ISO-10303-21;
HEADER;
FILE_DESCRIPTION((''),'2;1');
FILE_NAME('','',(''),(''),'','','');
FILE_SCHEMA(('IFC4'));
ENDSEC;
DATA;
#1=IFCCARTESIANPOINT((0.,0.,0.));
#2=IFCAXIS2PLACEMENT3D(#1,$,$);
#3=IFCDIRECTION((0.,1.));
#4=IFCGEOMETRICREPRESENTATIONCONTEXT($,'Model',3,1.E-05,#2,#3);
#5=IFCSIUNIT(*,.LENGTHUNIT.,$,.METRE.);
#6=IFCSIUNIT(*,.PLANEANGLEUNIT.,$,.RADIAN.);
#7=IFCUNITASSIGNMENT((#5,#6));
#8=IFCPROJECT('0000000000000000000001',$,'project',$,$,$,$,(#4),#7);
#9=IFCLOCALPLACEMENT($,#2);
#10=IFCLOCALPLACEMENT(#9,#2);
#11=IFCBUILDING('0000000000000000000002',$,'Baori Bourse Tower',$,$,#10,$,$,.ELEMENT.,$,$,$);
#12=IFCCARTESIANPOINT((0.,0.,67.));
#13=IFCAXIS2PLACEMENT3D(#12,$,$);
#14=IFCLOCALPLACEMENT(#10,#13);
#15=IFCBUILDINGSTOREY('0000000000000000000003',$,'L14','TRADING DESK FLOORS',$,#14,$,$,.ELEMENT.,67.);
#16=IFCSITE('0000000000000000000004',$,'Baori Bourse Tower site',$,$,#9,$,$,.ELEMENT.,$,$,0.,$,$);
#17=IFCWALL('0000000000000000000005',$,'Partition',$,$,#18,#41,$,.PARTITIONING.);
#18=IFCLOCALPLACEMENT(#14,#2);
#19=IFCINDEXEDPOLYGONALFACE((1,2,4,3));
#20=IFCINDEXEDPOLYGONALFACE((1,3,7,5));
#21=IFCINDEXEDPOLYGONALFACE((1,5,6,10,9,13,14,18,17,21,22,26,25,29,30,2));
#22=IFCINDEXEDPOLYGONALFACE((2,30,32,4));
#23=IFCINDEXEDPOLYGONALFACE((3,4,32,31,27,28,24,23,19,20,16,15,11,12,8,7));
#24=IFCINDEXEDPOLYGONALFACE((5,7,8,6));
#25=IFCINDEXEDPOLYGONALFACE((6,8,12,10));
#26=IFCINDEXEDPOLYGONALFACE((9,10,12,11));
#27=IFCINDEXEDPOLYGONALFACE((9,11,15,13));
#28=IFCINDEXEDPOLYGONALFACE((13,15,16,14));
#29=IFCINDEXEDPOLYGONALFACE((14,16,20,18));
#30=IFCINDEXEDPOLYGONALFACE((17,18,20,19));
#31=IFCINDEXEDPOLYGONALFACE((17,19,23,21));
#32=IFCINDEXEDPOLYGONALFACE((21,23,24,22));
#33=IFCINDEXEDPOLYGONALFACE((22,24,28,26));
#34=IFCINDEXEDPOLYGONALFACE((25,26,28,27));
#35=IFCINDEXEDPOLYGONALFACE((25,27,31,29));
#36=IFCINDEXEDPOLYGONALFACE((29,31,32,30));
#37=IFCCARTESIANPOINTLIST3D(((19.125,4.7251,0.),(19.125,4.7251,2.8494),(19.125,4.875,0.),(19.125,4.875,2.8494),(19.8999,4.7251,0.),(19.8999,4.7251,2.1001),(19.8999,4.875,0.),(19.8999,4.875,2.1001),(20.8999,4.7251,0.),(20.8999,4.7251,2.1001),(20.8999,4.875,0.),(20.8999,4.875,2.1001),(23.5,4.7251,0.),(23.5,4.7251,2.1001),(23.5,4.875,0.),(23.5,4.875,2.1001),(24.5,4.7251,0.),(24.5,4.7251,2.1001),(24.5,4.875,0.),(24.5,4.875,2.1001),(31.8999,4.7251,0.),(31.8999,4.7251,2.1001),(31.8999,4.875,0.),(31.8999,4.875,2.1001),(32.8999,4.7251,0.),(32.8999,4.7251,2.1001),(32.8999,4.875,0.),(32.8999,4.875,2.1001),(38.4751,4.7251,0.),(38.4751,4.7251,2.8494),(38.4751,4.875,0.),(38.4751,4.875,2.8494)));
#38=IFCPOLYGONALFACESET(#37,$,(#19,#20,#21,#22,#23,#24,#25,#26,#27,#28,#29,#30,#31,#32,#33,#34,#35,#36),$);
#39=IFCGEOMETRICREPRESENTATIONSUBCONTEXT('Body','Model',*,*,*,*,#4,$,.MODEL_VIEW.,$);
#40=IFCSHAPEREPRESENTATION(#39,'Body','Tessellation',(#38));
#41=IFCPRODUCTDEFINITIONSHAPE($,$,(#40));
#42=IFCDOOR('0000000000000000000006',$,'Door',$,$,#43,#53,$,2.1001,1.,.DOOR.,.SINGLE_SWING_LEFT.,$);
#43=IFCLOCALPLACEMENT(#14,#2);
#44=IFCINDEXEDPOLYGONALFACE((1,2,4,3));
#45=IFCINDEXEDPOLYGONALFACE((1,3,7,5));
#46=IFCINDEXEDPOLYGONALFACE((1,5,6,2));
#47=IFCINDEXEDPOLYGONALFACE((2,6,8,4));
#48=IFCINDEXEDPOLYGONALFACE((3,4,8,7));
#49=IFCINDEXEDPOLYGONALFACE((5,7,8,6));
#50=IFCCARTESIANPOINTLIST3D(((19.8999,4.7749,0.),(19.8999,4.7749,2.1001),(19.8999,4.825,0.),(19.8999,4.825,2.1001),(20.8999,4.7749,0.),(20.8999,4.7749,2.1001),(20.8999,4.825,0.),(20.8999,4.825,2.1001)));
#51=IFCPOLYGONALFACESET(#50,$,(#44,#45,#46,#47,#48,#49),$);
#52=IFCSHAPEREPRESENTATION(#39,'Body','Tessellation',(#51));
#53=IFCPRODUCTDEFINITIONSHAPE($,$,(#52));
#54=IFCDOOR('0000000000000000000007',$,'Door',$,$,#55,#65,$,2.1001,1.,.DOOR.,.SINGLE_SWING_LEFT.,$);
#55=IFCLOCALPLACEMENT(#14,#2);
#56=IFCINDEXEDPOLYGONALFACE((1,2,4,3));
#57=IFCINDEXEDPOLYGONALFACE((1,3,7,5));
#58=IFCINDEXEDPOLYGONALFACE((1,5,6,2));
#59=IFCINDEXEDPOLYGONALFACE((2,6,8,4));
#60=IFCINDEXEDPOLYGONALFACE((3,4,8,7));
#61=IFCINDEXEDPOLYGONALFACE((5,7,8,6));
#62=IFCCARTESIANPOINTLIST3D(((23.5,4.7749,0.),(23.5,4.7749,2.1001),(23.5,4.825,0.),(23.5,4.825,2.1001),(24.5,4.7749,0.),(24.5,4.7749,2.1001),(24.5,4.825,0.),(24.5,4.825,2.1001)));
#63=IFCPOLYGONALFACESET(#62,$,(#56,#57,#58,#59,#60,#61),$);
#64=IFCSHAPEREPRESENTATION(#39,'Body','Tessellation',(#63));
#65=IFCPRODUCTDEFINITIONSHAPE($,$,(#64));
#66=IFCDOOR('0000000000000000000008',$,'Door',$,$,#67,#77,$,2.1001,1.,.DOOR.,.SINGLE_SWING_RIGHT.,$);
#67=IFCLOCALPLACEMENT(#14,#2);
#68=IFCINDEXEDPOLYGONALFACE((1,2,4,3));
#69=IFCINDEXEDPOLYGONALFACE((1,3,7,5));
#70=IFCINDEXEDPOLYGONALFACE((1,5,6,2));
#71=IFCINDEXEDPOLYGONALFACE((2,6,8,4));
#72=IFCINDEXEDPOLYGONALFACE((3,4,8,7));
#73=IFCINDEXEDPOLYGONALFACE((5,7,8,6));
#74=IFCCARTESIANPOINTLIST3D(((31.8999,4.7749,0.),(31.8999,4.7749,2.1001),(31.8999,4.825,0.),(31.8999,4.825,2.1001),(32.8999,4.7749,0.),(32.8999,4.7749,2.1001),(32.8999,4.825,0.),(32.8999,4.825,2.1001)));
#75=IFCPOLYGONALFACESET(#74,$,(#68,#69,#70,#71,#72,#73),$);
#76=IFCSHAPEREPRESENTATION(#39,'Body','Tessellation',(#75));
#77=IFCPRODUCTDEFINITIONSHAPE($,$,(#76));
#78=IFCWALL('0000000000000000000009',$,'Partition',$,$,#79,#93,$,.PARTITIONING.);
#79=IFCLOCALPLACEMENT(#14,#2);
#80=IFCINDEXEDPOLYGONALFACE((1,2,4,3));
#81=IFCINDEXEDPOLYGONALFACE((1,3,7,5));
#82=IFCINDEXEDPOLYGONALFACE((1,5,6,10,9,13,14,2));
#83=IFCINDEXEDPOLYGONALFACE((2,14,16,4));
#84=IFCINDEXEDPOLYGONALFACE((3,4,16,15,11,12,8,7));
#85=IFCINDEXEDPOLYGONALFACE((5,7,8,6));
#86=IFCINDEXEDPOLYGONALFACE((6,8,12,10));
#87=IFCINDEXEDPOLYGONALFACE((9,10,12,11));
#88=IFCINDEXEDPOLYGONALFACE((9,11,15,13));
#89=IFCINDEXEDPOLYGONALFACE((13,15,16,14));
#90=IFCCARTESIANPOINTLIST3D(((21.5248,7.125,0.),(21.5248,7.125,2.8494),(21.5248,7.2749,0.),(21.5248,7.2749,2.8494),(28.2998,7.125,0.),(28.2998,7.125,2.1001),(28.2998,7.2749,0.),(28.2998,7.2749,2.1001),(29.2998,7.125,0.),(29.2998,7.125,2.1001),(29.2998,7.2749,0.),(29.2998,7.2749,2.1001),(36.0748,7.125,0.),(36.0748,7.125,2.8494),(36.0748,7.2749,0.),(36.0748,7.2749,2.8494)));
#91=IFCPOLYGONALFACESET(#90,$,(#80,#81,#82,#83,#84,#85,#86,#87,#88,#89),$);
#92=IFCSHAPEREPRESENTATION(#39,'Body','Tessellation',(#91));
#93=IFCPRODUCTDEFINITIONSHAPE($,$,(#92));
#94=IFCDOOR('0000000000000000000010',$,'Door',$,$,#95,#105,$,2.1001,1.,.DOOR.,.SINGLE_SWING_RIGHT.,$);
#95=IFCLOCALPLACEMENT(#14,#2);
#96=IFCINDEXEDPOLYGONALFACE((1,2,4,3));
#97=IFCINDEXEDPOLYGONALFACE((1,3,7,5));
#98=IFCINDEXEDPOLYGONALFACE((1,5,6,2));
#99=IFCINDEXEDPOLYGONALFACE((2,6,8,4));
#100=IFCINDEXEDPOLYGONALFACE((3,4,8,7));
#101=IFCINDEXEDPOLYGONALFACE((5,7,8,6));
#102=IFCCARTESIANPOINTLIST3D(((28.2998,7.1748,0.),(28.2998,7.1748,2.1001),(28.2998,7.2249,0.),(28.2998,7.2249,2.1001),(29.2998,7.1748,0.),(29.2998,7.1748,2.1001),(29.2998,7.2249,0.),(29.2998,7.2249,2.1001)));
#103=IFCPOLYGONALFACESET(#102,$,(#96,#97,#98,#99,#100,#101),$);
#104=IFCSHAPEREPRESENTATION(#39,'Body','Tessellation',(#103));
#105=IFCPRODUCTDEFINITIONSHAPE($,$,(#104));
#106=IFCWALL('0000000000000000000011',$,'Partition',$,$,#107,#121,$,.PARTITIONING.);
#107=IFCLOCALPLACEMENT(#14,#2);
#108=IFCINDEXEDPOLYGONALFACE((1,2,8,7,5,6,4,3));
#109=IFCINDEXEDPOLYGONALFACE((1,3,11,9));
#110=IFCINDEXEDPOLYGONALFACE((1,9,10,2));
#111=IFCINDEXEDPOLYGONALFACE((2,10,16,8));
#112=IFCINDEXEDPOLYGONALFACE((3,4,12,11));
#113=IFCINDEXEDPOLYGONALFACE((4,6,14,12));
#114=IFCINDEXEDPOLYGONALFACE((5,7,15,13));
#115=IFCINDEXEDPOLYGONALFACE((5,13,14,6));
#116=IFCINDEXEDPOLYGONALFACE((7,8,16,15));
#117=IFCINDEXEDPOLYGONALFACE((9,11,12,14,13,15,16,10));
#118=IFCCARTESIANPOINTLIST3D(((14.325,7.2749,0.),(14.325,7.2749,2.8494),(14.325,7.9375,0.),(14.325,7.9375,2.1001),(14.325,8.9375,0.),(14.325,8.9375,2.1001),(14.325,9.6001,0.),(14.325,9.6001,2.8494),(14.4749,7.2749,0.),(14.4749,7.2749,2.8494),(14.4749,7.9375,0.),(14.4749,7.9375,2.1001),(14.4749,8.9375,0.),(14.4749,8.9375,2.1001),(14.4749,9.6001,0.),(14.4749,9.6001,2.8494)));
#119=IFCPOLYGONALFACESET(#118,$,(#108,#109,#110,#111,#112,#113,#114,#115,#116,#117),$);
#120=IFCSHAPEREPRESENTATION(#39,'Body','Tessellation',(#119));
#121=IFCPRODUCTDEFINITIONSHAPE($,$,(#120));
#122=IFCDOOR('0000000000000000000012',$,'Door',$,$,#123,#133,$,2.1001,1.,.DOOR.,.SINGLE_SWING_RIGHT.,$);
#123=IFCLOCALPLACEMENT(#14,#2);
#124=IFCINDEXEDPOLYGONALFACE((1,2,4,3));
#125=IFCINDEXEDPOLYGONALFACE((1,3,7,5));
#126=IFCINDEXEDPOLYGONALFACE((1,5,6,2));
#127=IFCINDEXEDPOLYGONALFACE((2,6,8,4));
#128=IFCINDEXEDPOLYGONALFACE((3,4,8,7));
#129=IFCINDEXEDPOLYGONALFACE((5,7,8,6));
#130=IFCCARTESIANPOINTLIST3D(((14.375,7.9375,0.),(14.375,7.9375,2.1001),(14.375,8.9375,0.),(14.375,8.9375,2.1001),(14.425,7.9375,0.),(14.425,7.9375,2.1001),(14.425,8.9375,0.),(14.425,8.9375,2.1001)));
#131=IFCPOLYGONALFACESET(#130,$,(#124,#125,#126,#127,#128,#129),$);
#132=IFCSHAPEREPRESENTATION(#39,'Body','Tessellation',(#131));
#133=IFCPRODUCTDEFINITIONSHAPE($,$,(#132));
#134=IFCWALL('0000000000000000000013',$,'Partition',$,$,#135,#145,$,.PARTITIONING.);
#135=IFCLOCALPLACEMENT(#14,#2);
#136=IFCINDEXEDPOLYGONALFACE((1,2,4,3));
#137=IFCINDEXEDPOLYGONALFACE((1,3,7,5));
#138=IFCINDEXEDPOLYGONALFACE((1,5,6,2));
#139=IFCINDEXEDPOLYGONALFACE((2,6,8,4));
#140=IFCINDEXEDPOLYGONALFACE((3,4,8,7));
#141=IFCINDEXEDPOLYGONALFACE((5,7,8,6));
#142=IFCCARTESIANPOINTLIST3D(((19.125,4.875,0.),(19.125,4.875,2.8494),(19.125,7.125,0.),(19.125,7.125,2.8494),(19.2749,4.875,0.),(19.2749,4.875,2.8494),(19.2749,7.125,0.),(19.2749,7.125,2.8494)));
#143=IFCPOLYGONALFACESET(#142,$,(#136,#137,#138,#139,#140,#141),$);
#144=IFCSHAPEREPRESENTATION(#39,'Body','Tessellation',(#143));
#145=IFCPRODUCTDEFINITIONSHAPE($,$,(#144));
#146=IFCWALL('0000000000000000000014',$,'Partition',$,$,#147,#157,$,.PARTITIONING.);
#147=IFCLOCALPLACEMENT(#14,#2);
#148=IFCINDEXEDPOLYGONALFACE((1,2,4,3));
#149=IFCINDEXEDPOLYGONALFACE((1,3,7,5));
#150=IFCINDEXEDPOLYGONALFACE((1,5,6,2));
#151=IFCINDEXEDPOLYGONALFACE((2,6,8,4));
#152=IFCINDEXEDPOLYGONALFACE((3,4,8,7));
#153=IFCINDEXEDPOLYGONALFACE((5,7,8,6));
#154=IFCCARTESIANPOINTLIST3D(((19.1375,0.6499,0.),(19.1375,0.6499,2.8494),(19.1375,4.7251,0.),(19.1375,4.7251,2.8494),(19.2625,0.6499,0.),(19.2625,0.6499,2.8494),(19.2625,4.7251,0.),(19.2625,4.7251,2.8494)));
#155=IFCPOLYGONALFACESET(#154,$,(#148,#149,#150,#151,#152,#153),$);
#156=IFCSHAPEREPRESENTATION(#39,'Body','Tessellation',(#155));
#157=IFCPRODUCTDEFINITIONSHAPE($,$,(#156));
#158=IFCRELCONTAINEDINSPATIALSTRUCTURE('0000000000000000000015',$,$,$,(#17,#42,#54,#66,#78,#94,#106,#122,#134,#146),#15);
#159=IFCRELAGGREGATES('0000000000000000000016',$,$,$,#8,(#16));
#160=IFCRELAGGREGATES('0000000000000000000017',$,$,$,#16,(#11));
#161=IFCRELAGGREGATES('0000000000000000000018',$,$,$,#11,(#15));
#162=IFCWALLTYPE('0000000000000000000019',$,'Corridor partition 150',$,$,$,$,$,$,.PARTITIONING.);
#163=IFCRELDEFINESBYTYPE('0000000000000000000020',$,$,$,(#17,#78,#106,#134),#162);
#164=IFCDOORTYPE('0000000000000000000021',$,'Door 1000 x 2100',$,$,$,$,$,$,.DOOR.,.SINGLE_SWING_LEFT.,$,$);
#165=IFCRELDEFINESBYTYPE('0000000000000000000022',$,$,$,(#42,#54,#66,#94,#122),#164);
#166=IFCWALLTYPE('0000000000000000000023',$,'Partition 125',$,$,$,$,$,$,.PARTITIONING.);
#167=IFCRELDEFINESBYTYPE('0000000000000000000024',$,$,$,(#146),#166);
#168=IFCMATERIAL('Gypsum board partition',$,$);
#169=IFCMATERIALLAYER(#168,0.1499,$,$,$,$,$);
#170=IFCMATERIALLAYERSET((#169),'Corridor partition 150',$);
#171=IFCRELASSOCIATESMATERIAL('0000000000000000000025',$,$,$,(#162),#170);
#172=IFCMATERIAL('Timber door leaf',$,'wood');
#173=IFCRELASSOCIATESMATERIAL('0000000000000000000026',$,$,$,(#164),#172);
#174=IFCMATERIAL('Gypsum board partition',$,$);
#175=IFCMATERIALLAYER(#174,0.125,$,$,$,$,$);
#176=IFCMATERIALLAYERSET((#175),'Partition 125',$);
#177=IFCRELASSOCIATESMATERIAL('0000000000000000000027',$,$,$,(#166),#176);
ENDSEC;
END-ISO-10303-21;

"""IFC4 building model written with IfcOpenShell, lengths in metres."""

from ifc_helpers import new_model, si_unit, direction, frame, frame_2d, origin, place, context, subcontext, project, spatial, rectangle, extrude, material, layer, layer_set, type_object, element, fill, save


model = new_model("IFC4")

# Units and contexts
model_context = context("Model", 3, precision=1e-05, world=origin(), true_north=direction((0.0, 1.0)))
body_context = subcontext(model_context, "Body", "Model", "MODEL_VIEW")
ifc_project = project(units=[si_unit("LENGTHUNIT", "METRE"), si_unit("PLANEANGLEUNIT", "RADIAN")], contexts=[model_context])

# Site, building, storey
site_placement = place(None, origin())
site = spatial("IfcSite", under=ifc_project, at=site_placement, Name="Baori Bourse Tower site", CompositionType="ELEMENT", RefElevation=0.0)
building_placement = place(site_placement, origin())
building = spatial("IfcBuilding", under=site, at=building_placement, Name="Baori Bourse Tower", CompositionType="ELEMENT")
storey_placement = place(building_placement, frame((0.0, 0.0, 67.0)))
storey = spatial("IfcBuildingStorey", under=building, at=storey_placement, Name="L14", Description="TRADING DESK FLOORS", CompositionType="ELEMENT", Elevation=67.0)

# Wall, openings, doors
ifc_material_1 = material(Name="Gypsum board partition")
ifc_layer_1 = layer(ifc_material_1, 0.1499)
ifc_layer_set_1 = layer_set([ifc_layer_1], Name="Corridor partition 150")
wall_type_1 = type_object("IfcWallType", Name="Corridor partition 150", PredefinedType="PARTITIONING", material=ifc_layer_set_1)
wall_1_placement = place(storey_placement, frame((19.125, 4.8, 0.0), z_axis=(0.0, 0.0, 1.0), x_axis=(1.0, 0.0, 0.0)))
wall_1 = element("IfcWall", 1, at=wall_1_placement, inside=storey, type_object=wall_type_1, Name="Partition", PredefinedType="PARTITIONING", context=body_context, shape_type="SweptSolid", body=[
    extrude(rectangle(XDim=19.3501, YDim=0.1499, at=frame_2d((9.675, 0.0))), origin(), (0.0, 0.0, 1.0), 2.8494),
])
opening_1_placement = place(wall_1_placement, frame((0.7749, 0.0, 0.0)))
opening_1 = element("IfcOpeningElement", 2, at=opening_1_placement, cuts=wall_1, PredefinedType="OPENING", context=body_context, shape_type="SweptSolid", body=[
    extrude(rectangle(XDim=1.0, YDim=2.1001, at=frame_2d((0.5, 1.05))), frame((0.0, 0.085, 0.0), z_axis=(0.0, -1.0, 0.0), x_axis=(1.0, 0.0, 0.0)), (0.0, 0.0, 1.0), 0.1699),
])
opening_2_placement = place(wall_1_placement, frame((4.375, 0.0, 0.0)))
opening_2 = element("IfcOpeningElement", 3, at=opening_2_placement, cuts=wall_1, PredefinedType="OPENING", context=body_context, shape_type="SweptSolid", body=[
    extrude(rectangle(XDim=1.0, YDim=2.1001, at=frame_2d((0.5, 1.05))), frame((0.0, 0.085, 0.0), z_axis=(0.0, -1.0, 0.0), x_axis=(1.0, 0.0, 0.0)), (0.0, 0.0, 1.0), 0.1699),
])
opening_3_placement = place(wall_1_placement, frame((12.7749, 0.0, 0.0)))
opening_3 = element("IfcOpeningElement", 4, at=opening_3_placement, cuts=wall_1, PredefinedType="OPENING", context=body_context, shape_type="SweptSolid", body=[
    extrude(rectangle(XDim=1.0, YDim=2.1001, at=frame_2d((0.5, 1.05))), frame((0.0, 0.085, 0.0), z_axis=(0.0, -1.0, 0.0), x_axis=(1.0, 0.0, 0.0)), (0.0, 0.0, 1.0), 0.1699),
])
ifc_material_2 = material(Name="Timber door leaf", Category="wood")
door_type_1 = type_object("IfcDoorType", Name="Door 1000 x 2100", OperationType="SINGLE_SWING_LEFT", PredefinedType="DOOR", material=ifc_material_2)
door_1_placement = place(opening_1_placement, origin())
door_1 = element("IfcDoor", 5, at=door_1_placement, inside=storey, type_object=door_type_1, Name="Door", OperationType="SINGLE_SWING_LEFT", OverallHeight=2.1001, OverallWidth=1.0, PredefinedType="DOOR", context=body_context, shape_type="SweptSolid", body=[
    extrude(rectangle(XDim=1.0, YDim=2.1001, at=frame_2d((0.5, 1.05))), frame((0.0, 0.0249, 0.0), z_axis=(0.0, -1.0, 0.0), x_axis=(1.0, 0.0, 0.0)), (0.0, 0.0, 1.0), 0.05),
])
fill(opening_1, door_1)
door_2_placement = place(opening_2_placement, origin())
door_2 = element("IfcDoor", 6, at=door_2_placement, inside=storey, type_object=door_type_1, Name="Door", OperationType="SINGLE_SWING_LEFT", OverallHeight=2.1001, OverallWidth=1.0, PredefinedType="DOOR", context=body_context, shape_type="SweptSolid", body=[
    extrude(rectangle(XDim=1.0, YDim=2.1001, at=frame_2d((0.5, 1.05))), frame((0.0, 0.0249, 0.0), z_axis=(0.0, -1.0, 0.0), x_axis=(1.0, 0.0, 0.0)), (0.0, 0.0, 1.0), 0.05),
])
fill(opening_2, door_2)
door_3_placement = place(opening_3_placement, origin())
door_3 = element("IfcDoor", 7, at=door_3_placement, inside=storey, type_object=door_type_1, Name="Door", OperationType="SINGLE_SWING_RIGHT", OverallHeight=2.1001, OverallWidth=1.0, PredefinedType="DOOR", context=body_context, shape_type="SweptSolid", body=[
    extrude(rectangle(XDim=1.0, YDim=2.1001, at=frame_2d((0.5, 1.05))), frame((0.0, 0.0249, 0.0), z_axis=(0.0, -1.0, 0.0), x_axis=(1.0, 0.0, 0.0)), (0.0, 0.0, 1.0), 0.05),
])
fill(opening_3, door_3)

# Walls, openings, doors
wall_2_placement = place(storey_placement, frame((21.5249, 7.2, 0.0), z_axis=(0.0, 0.0, 1.0), x_axis=(1.0, 0.0, 0.0)))
wall_2 = element("IfcWall", 8, at=wall_2_placement, inside=storey, type_object=wall_type_1, Name="Partition", PredefinedType="PARTITIONING", context=body_context, shape_type="SweptSolid", body=[
    extrude(rectangle(XDim=14.55, YDim=0.1499, at=frame_2d((7.2749, 0.0))), origin(), (0.0, 0.0, 1.0), 2.8494),
])
opening_4_placement = place(wall_2_placement, frame((6.7749, 0.0, 0.0)))
opening_4 = element("IfcOpeningElement", 9, at=opening_4_placement, cuts=wall_2, PredefinedType="OPENING", context=body_context, shape_type="SweptSolid", body=[
    extrude(rectangle(XDim=1.0, YDim=2.1001, at=frame_2d((0.5, 1.05))), frame((0.0, 0.085, 0.0), z_axis=(0.0, -1.0, 0.0), x_axis=(1.0, 0.0, 0.0)), (0.0, 0.0, 1.0), 0.1699),
])
door_4_placement = place(opening_4_placement, origin())
door_4 = element("IfcDoor", 10, at=door_4_placement, inside=storey, type_object=door_type_1, Name="Door", OperationType="SINGLE_SWING_RIGHT", OverallHeight=2.1001, OverallWidth=1.0, PredefinedType="DOOR", context=body_context, shape_type="SweptSolid", body=[
    extrude(rectangle(XDim=1.0, YDim=2.1001, at=frame_2d((0.5, 1.05))), frame((0.0, 0.0249, 0.0), z_axis=(0.0, -1.0, 0.0), x_axis=(1.0, 0.0, 0.0)), (0.0, 0.0, 1.0), 0.05),
])
fill(opening_4, door_4)
wall_3_placement = place(storey_placement, frame((14.3999, 7.2749, 0.0), z_axis=(0.0, 0.0, 1.0), x_axis=(0.0, 1.0, 0.0)))
wall_3 = element("IfcWall", 11, at=wall_3_placement, inside=storey, type_object=wall_type_1, Name="Partition", PredefinedType="PARTITIONING", context=body_context, shape_type="SweptSolid", body=[
    extrude(rectangle(XDim=2.3252, YDim=0.1499, at=frame_2d((1.1626, 0.0))), origin(), (0.0, 0.0, 1.0), 2.8494),
])
opening_5_placement = place(wall_3_placement, frame((0.6626, 0.0, 0.0)))
opening_5 = element("IfcOpeningElement", 12, at=opening_5_placement, cuts=wall_3, PredefinedType="OPENING", context=body_context, shape_type="SweptSolid", body=[
    extrude(rectangle(XDim=1.0, YDim=2.1001, at=frame_2d((0.5, 1.05))), frame((0.0, 0.085, 0.0), z_axis=(0.0, -1.0, 0.0), x_axis=(1.0, 0.0, 0.0)), (0.0, 0.0, 1.0), 0.1699),
])
door_5_placement = place(opening_5_placement, origin())
door_5 = element("IfcDoor", 13, at=door_5_placement, inside=storey, type_object=door_type_1, Name="Door", OperationType="SINGLE_SWING_RIGHT", OverallHeight=2.1001, OverallWidth=1.0, PredefinedType="DOOR", context=body_context, shape_type="SweptSolid", body=[
    extrude(rectangle(XDim=1.0, YDim=2.1001, at=frame_2d((0.5, 1.05))), frame((0.0, 0.0249, 0.0), z_axis=(0.0, -1.0, 0.0), x_axis=(1.0, 0.0, 0.0)), (0.0, 0.0, 1.0), 0.05),
])
fill(opening_5, door_5)

# Walls
wall_4_placement = place(storey_placement, frame((19.2, 4.875, 0.0), z_axis=(0.0, 0.0, 1.0), x_axis=(0.0, 1.0, 0.0)))
element("IfcWall", 14, at=wall_4_placement, inside=storey, type_object=wall_type_1, Name="Partition", PredefinedType="PARTITIONING", context=body_context, shape_type="SweptSolid", body=[
    extrude(rectangle(XDim=2.25, YDim=0.1499, at=frame_2d((1.125, 0.0))), origin(), (0.0, 0.0, 1.0), 2.8494),
])
ifc_material_3 = material(Name="Gypsum board partition")
ifc_layer_2 = layer(ifc_material_3, 0.125)
ifc_layer_set_2 = layer_set([ifc_layer_2], Name="Partition 125")
wall_type_2 = type_object("IfcWallType", Name="Partition 125", PredefinedType="PARTITIONING", material=ifc_layer_set_2)
wall_5_placement = place(storey_placement, frame((19.2, 0.6499, 0.0), z_axis=(0.0, 0.0, 1.0), x_axis=(0.0, 1.0, 0.0)))
element("IfcWall", 15, at=wall_5_placement, inside=storey, type_object=wall_type_2, Name="Partition", PredefinedType="PARTITIONING", context=body_context, shape_type="SweptSolid", body=[
    extrude(rectangle(XDim=4.0752, YDim=0.125, at=frame_2d((2.0376, 0.0))), origin(), (0.0, 0.0, 1.0), 2.8494),
])

save(model, "model.ifc")
